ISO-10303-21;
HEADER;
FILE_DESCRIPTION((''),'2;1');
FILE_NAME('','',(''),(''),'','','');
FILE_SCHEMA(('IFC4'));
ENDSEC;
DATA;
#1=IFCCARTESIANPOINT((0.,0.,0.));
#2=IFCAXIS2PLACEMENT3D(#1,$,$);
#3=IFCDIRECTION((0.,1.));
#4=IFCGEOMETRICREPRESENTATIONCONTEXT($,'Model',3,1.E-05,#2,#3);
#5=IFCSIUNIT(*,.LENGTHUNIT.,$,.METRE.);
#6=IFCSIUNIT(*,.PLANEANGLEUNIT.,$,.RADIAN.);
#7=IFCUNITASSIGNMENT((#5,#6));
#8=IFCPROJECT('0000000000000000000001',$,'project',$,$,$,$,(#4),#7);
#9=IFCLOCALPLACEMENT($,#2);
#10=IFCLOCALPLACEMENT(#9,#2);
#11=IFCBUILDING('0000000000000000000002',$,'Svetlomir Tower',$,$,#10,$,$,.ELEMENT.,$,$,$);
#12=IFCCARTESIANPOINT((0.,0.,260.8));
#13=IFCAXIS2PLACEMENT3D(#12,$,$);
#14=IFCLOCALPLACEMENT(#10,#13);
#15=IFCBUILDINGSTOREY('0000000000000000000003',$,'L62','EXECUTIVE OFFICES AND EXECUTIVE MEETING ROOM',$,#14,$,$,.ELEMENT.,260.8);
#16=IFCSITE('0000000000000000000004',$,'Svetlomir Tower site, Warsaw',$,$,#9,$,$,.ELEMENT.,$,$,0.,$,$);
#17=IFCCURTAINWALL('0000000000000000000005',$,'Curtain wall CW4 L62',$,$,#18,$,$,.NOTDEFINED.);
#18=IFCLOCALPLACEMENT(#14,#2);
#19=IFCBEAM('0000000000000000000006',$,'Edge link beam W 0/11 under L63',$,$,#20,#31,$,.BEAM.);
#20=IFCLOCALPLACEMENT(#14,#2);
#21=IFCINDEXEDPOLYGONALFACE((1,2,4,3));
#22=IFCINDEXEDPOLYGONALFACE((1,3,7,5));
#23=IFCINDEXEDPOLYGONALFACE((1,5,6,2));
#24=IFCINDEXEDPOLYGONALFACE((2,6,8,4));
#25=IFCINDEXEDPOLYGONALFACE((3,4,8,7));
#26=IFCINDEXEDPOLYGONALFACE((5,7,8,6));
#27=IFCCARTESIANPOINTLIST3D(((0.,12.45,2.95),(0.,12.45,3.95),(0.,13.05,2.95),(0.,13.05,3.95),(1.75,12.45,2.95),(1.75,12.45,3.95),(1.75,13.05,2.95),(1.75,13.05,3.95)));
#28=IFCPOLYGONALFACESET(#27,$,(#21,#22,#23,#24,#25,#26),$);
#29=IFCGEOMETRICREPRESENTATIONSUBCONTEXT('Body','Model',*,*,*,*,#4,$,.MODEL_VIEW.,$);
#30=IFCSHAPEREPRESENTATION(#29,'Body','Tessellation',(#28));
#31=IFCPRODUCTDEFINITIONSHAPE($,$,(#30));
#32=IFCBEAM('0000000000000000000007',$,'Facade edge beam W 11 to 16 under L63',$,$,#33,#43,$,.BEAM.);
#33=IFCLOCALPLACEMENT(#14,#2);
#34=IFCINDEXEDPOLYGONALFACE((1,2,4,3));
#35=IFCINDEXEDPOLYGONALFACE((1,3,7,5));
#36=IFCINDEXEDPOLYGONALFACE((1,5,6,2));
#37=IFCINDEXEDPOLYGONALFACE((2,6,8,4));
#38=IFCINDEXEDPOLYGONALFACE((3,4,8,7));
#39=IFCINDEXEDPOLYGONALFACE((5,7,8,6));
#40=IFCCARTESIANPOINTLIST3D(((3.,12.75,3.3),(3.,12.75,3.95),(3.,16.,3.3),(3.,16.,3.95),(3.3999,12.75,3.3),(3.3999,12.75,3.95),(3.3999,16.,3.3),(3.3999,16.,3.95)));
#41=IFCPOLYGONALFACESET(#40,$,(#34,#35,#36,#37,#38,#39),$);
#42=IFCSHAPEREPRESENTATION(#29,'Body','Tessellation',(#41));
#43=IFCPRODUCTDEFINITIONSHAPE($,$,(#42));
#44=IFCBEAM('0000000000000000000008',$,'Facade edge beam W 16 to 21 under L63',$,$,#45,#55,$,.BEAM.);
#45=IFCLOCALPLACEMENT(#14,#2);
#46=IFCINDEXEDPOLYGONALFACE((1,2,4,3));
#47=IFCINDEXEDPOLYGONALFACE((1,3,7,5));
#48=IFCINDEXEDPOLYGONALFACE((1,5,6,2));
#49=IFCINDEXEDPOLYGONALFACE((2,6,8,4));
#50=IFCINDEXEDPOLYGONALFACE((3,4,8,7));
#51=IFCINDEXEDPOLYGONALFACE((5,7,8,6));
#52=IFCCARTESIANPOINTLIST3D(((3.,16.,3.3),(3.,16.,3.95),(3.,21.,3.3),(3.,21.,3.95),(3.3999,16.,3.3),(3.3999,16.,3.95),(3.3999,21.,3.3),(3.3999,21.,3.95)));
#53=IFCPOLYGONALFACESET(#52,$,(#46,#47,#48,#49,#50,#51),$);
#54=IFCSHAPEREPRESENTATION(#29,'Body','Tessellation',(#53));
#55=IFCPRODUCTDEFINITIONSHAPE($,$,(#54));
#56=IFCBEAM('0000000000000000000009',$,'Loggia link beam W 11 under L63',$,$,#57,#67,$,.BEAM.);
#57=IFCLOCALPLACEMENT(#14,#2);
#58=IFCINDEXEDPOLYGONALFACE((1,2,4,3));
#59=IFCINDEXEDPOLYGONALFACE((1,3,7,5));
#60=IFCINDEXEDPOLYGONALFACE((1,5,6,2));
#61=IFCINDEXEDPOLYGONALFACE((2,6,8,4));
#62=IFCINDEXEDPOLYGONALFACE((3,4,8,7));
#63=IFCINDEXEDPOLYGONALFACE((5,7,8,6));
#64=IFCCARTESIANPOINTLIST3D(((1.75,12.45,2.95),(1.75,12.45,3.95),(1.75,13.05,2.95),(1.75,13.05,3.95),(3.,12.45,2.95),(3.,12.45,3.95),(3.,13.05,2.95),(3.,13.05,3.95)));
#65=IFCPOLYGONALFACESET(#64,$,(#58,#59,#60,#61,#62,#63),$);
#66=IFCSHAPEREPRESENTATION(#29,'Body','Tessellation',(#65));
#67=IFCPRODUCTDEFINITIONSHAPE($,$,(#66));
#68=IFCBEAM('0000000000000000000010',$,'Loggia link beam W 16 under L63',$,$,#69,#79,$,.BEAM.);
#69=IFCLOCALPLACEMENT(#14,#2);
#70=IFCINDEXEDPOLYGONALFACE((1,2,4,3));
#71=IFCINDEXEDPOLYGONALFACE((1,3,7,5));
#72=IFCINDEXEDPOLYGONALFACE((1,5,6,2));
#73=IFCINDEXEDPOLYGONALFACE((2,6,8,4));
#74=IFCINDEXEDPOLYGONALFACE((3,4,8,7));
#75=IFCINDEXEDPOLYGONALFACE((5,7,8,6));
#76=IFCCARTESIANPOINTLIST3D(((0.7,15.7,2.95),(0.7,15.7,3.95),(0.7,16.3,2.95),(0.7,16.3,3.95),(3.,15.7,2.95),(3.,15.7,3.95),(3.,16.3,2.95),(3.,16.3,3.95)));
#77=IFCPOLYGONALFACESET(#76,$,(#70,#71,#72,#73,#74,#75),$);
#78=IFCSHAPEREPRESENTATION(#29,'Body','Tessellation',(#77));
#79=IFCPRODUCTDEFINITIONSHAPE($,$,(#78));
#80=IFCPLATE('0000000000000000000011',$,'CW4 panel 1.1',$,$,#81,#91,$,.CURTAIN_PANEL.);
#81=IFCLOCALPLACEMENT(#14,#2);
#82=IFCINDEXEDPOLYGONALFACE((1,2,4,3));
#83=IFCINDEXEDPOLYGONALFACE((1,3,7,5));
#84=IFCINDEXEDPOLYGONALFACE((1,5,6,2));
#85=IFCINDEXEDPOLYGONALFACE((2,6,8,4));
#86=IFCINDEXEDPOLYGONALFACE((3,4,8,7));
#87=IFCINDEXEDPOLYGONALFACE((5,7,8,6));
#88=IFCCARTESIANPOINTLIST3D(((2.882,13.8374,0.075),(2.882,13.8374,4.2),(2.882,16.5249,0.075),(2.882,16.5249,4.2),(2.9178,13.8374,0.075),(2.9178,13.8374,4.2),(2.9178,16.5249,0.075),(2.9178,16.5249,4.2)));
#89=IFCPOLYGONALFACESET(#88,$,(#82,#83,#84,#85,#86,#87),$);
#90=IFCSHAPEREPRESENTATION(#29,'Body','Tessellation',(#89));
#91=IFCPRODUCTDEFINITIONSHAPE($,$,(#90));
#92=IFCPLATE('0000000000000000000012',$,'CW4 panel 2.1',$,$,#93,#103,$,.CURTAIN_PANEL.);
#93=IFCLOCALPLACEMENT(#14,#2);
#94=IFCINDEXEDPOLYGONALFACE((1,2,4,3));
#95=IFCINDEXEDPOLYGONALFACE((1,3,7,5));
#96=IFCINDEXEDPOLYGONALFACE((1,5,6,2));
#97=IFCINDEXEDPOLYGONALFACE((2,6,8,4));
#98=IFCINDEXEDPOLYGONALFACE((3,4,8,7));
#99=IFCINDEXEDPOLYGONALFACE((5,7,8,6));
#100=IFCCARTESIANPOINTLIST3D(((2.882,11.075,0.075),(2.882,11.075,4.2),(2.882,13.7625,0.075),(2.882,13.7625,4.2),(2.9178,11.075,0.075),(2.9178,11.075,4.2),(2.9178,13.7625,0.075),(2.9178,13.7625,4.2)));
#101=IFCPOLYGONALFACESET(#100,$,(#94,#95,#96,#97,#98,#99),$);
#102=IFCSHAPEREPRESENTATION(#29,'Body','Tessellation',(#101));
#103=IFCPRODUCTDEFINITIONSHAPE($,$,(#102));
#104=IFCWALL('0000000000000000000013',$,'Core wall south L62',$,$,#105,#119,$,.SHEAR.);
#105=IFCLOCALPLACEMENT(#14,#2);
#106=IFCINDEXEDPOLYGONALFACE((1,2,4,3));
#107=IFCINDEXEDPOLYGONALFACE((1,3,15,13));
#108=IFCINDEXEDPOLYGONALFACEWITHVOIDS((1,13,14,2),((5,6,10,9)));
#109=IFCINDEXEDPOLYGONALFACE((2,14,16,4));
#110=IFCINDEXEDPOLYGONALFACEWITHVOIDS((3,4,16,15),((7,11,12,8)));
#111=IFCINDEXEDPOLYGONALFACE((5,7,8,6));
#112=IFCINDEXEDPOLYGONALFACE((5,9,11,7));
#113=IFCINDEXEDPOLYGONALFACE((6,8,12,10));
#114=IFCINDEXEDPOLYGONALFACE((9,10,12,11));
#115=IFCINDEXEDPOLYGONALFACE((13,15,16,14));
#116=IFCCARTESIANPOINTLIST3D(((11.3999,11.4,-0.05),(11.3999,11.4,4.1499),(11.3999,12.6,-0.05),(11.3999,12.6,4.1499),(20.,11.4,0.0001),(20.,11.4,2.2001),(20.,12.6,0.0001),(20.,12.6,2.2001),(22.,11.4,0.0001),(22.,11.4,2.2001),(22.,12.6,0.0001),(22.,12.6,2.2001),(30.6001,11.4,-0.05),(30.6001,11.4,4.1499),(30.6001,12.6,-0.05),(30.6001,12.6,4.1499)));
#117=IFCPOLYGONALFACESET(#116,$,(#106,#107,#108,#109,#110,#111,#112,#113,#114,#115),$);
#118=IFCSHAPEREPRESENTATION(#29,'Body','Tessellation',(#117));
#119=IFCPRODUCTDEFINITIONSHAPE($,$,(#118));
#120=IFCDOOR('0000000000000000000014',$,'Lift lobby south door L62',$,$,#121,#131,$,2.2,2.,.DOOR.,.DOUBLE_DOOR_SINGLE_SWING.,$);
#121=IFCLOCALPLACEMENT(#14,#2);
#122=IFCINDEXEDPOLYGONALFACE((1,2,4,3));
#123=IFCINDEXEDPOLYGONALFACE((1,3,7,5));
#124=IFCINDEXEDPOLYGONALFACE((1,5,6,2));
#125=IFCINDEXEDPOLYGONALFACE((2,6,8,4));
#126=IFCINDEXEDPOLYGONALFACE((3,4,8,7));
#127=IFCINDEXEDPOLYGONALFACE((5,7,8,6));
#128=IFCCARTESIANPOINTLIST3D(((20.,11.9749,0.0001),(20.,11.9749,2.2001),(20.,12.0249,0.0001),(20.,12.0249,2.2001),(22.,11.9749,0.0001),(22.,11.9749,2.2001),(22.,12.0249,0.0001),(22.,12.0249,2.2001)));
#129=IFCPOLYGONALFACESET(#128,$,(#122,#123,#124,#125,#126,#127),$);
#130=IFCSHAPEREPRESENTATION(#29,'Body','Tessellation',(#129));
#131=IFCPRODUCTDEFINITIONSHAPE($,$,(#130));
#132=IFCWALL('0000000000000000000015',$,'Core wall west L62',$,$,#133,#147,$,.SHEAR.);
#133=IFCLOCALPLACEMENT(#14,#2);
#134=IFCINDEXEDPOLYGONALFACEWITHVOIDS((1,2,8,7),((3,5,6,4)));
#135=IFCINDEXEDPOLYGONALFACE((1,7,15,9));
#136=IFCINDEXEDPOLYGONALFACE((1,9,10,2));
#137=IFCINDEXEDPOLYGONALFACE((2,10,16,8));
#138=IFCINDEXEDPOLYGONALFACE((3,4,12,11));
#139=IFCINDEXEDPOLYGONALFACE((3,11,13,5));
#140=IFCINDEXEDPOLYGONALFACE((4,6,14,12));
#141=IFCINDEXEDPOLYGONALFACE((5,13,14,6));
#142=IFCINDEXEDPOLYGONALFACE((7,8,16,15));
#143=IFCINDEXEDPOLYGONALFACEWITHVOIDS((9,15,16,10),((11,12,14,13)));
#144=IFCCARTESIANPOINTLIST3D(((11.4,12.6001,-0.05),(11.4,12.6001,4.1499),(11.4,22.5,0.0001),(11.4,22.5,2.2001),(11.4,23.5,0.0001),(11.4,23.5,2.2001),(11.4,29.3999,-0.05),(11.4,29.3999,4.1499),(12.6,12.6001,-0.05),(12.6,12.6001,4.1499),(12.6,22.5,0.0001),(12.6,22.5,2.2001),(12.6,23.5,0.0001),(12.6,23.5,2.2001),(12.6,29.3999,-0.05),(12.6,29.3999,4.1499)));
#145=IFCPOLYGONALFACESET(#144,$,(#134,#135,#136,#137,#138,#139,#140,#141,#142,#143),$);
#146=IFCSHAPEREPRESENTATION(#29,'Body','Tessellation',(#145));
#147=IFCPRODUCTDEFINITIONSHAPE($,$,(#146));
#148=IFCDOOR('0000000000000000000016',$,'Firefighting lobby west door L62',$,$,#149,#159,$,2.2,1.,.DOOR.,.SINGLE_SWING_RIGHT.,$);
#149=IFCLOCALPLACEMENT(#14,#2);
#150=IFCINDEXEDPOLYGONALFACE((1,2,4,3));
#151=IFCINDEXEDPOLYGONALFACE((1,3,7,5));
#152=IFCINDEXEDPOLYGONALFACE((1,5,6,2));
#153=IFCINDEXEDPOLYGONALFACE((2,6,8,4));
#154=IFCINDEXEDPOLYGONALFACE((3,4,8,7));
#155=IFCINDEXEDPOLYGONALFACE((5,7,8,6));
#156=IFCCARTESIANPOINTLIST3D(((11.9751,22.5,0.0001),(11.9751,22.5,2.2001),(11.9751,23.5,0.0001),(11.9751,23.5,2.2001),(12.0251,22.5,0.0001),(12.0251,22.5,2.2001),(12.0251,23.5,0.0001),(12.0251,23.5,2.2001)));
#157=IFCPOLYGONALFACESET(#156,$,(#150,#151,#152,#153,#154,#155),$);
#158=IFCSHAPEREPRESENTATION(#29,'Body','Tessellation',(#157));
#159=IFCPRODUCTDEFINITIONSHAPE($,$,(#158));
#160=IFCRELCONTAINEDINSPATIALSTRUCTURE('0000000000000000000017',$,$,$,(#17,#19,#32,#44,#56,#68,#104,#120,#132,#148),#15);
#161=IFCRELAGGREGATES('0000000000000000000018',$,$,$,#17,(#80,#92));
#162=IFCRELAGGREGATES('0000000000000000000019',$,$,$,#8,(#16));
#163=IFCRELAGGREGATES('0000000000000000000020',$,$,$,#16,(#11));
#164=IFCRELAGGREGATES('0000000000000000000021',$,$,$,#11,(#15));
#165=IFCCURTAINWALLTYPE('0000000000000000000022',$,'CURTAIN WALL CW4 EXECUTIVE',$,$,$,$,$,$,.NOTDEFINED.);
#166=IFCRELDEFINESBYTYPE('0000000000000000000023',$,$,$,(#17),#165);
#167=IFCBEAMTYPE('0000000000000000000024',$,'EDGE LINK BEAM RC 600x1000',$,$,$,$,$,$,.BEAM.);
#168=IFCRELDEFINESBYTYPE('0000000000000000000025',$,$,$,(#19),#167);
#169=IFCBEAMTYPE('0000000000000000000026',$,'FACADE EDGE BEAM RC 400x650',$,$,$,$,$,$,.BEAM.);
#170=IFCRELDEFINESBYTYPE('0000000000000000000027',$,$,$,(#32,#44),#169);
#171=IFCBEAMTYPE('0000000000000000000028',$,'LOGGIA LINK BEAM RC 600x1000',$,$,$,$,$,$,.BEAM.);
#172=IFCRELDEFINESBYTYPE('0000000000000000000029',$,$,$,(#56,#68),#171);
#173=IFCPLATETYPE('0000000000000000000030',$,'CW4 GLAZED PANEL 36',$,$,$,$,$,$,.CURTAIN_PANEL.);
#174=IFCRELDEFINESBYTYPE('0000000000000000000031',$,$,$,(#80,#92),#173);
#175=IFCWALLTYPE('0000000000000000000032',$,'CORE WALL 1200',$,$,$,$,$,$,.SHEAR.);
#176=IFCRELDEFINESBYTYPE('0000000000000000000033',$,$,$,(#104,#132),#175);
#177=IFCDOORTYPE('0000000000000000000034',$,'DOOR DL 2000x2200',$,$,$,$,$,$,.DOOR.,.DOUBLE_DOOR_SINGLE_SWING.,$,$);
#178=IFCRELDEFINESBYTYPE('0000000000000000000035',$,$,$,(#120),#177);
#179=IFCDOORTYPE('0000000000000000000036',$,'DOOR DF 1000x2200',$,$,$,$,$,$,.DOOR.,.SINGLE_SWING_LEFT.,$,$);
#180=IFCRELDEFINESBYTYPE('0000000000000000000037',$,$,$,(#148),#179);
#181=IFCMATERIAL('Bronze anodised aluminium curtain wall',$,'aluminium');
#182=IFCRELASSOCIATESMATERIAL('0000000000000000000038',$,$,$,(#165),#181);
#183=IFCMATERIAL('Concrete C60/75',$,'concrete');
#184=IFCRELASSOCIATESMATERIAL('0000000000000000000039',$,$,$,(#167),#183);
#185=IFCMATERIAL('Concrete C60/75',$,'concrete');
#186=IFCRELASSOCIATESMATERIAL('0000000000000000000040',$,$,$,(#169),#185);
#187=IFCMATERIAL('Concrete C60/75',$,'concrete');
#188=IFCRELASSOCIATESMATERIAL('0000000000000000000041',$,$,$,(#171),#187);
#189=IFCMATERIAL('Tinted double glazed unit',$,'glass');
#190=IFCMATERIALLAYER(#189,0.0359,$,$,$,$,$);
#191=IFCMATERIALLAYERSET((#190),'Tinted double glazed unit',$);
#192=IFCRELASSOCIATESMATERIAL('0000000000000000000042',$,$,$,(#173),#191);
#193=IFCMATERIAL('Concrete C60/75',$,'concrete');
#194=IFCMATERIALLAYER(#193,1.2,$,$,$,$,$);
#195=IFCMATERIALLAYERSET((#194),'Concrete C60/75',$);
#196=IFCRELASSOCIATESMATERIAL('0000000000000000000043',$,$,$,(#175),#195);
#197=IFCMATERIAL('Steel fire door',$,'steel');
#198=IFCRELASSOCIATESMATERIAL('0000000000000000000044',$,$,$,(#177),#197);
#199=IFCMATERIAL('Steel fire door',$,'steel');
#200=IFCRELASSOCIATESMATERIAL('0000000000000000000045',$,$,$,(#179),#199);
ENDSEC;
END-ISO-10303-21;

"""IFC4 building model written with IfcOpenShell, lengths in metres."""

from ifc_helpers import new_model, si_unit, direction, frame, frame_2d, origin, origin_2d, place, context, subcontext, project, spatial, rectangle, extrude, material, layer, layer_set, material_profile, profile_set, type_object, element, fill, aggregate, save


model = new_model("IFC4")

# Units and contexts
model_context = context("Model", 3, precision=1e-05, world=origin(), true_north=direction((0.0, 1.0)))
body_context = subcontext(model_context, "Body", "Model", "MODEL_VIEW")
ifc_project = project(units=[si_unit("LENGTHUNIT", "METRE"), si_unit("PLANEANGLEUNIT", "RADIAN")], contexts=[model_context])

# Site, building, storey
site_placement = place(None, origin())
site = spatial("IfcSite", under=ifc_project, at=site_placement, Name="Svetlomir Tower site, Warsaw", CompositionType="ELEMENT", RefElevation=0.0)
building_placement = place(site_placement, origin())
building = spatial("IfcBuilding", under=site, at=building_placement, Name="Svetlomir Tower", CompositionType="ELEMENT")
storey_placement = place(building_placement, frame((0.0, 0.0, 260.8)))
storey = spatial("IfcBuildingStorey", under=building, at=storey_placement, Name="L62", Description="EXECUTIVE OFFICES AND EXECUTIVE MEETING ROOM", CompositionType="ELEMENT", Elevation=260.8)

# Curtain wall
ifc_material_1 = material(Name="Bronze anodised aluminium curtain wall", Category="aluminium")
curtain_wall_type = type_object("IfcCurtainWallType", Name="CURTAIN WALL CW4 EXECUTIVE", PredefinedType="NOTDEFINED", material=ifc_material_1)
curtain_wall_1_placement = place(storey_placement, origin())
curtain_wall_1 = element("IfcCurtainWall", 1, at=curtain_wall_1_placement, inside=storey, type_object=curtain_wall_type, Name="Curtain wall CW4 L62", PredefinedType="NOTDEFINED")

# Beams
ifc_material_2 = material(Name="Concrete C60/75", Category="concrete")
ifc_material_profile_1 = material_profile(ifc_material_2, rectangle(XDim=0.6001, YDim=1.0, at=origin_2d()), Name="RC 600x1000")
ifc_profile_set_1 = profile_set([ifc_material_profile_1], Name="Concrete C60/75")
beam_type_1 = type_object("IfcBeamType", Name="EDGE LINK BEAM RC 600x1000", PredefinedType="BEAM", material=ifc_profile_set_1)
beam_1_placement = place(storey_placement, frame((1.75, 12.75, 3.45), z_axis=(-1.0, 0.0, 0.0), x_axis=(0.0, -1.0, 0.0)))
element("IfcBeam", 2, at=beam_1_placement, inside=storey, type_object=beam_type_1, Name="Edge link beam W 0/11 under L63", PredefinedType="BEAM", context=body_context, shape_type="SweptSolid", body=[
    extrude(rectangle(XDim=0.6001, YDim=1.0, at=origin_2d()), origin(), (0.0, 0.0, 1.0), 1.75),
])
ifc_material_3 = material(Name="Concrete C60/75", Category="concrete")
ifc_material_profile_2 = material_profile(ifc_material_3, rectangle(XDim=0.3999, YDim=0.6499, at=origin_2d()), Name="RC 400x650")
ifc_profile_set_2 = profile_set([ifc_material_profile_2], Name="Concrete C60/75")
beam_type_2 = type_object("IfcBeamType", Name="FACADE EDGE BEAM RC 400x650", PredefinedType="BEAM", material=ifc_profile_set_2)
beam_2_placement = place(storey_placement, frame((3.2, 12.75, 3.625), z_axis=(0.0, 1.0, 0.0), x_axis=(-1.0, 0.0, 0.0)))
element("IfcBeam", 3, at=beam_2_placement, inside=storey, type_object=beam_type_2, Name="Facade edge beam W 11 to 16 under L63", PredefinedType="BEAM", context=body_context, shape_type="SweptSolid", body=[
    extrude(rectangle(XDim=0.3999, YDim=0.6499, at=origin_2d()), origin(), (0.0, 0.0, 1.0), 3.25),
])
beam_3_placement = place(storey_placement, frame((3.2, 16.0, 3.625), z_axis=(0.0, 1.0, 0.0), x_axis=(-1.0, 0.0, 0.0)))
element("IfcBeam", 4, at=beam_3_placement, inside=storey, type_object=beam_type_2, Name="Facade edge beam W 16 to 21 under L63", PredefinedType="BEAM", context=body_context, shape_type="SweptSolid", body=[
    extrude(rectangle(XDim=0.3999, YDim=0.6499, at=origin_2d()), origin(), (0.0, 0.0, 1.0), 5.0),
])
ifc_material_4 = material(Name="Concrete C60/75", Category="concrete")
ifc_material_profile_3 = material_profile(ifc_material_4, rectangle(XDim=0.6001, YDim=1.0, at=origin_2d()), Name="RC 600x1000")
ifc_profile_set_3 = profile_set([ifc_material_profile_3], Name="Concrete C60/75")
beam_type_3 = type_object("IfcBeamType", Name="LOGGIA LINK BEAM RC 600x1000", PredefinedType="BEAM", material=ifc_profile_set_3)
beam_4_placement = place(storey_placement, frame((1.75, 12.75, 3.45), z_axis=(1.0, 0.0, 0.0), x_axis=(0.0, 1.0, 0.0)))
element("IfcBeam", 5, at=beam_4_placement, inside=storey, type_object=beam_type_3, Name="Loggia link beam W 11 under L63", PredefinedType="BEAM", context=body_context, shape_type="SweptSolid", body=[
    extrude(rectangle(XDim=0.6001, YDim=1.0, at=origin_2d()), origin(), (0.0, 0.0, 1.0), 1.25),
])
beam_5_placement = place(storey_placement, frame((0.7, 16.0, 3.45), z_axis=(1.0, 0.0, 0.0), x_axis=(0.0, 1.0, 0.0)))
element("IfcBeam", 6, at=beam_5_placement, inside=storey, type_object=beam_type_3, Name="Loggia link beam W 16 under L63", PredefinedType="BEAM", context=body_context, shape_type="SweptSolid", body=[
    extrude(rectangle(XDim=0.6001, YDim=1.0, at=origin_2d()), origin(), (0.0, 0.0, 1.0), 2.3),
])

# Plates
ifc_material_5 = material(Name="Tinted double glazed unit", Category="glass")
ifc_layer_1 = layer(ifc_material_5, 0.0359)
ifc_layer_set_1 = layer_set([ifc_layer_1], Name="Tinted double glazed unit")
plate_type = type_object("IfcPlateType", Name="CW4 GLAZED PANEL 36", PredefinedType="CURTAIN_PANEL", material=ifc_layer_set_1)
plate_1_placement = place(storey_placement, frame((2.8999, 15.1812, 0.075), z_axis=(0.0, 0.0, 1.0), x_axis=(0.0, -1.0, 0.0)))
plate_1 = element("IfcPlate", 7, at=plate_1_placement, type_object=plate_type, Name="CW4 panel 1.1", PredefinedType="CURTAIN_PANEL", context=body_context, shape_type="SweptSolid", body=[
    extrude(rectangle(XDim=2.6875, YDim=0.0359, at=origin_2d()), origin(), (0.0, 0.0, 1.0), 4.125),
])
plate_2_placement = place(storey_placement, frame((2.8999, 12.4187, 0.075), z_axis=(0.0, 0.0, 1.0), x_axis=(0.0, -1.0, 0.0)))
plate_2 = element("IfcPlate", 8, at=plate_2_placement, type_object=plate_type, Name="CW4 panel 2.1", PredefinedType="CURTAIN_PANEL", context=body_context, shape_type="SweptSolid", body=[
    extrude(rectangle(XDim=2.6875, YDim=0.0359, at=origin_2d()), origin(), (0.0, 0.0, 1.0), 4.125),
])
aggregate(curtain_wall_1, [plate_1, plate_2])

# Walls, openings, doors
ifc_material_6 = material(Name="Concrete C60/75", Category="concrete")
ifc_layer_2 = layer(ifc_material_6, 1.2)
ifc_layer_set_2 = layer_set([ifc_layer_2], Name="Concrete C60/75")
wall_type_1 = type_object("IfcWallType", Name="CORE WALL 1200", PredefinedType="SHEAR", material=ifc_layer_set_2)
wall_1_placement = place(storey_placement, frame((11.3999, 12.0, -0.05), z_axis=(0.0, 0.0, 1.0), x_axis=(1.0, 0.0, 0.0)))
wall_1 = element("IfcWall", 9, at=wall_1_placement, inside=storey, type_object=wall_type_1, Name="Core wall south L62", PredefinedType="SHEAR", context=body_context, shape_type="SweptSolid", body=[
    extrude(rectangle(XDim=19.2002, YDim=1.2, at=frame_2d((9.6001, 0.0))), origin(), (0.0, 0.0, 1.0), 4.2),
])
opening_1_placement = place(wall_1_placement, frame((8.6001, 0.0, 0.05)))
opening_1 = element("IfcOpeningElement", 10, at=opening_1_placement, cuts=wall_1, PredefinedType="OPENING", context=body_context, shape_type="SweptSolid", body=[
    extrude(rectangle(XDim=2.0, YDim=2.2, at=frame_2d((1.0, 1.1001))), frame((0.0, 0.6099, 0.0), z_axis=(0.0, -1.0, 0.0), x_axis=(1.0, 0.0, 0.0)), (0.0, 0.0, 1.0), 1.22),
])
ifc_material_7 = material(Name="Steel fire door", Category="steel")
door_type_1 = type_object("IfcDoorType", Name="DOOR DL 2000x2200", OperationType="DOUBLE_DOOR_SINGLE_SWING", PredefinedType="DOOR", material=ifc_material_7)
door_1_placement = place(opening_1_placement, origin())
door_1 = element("IfcDoor", 11, at=door_1_placement, inside=storey, type_object=door_type_1, Name="Lift lobby south door L62", OperationType="DOUBLE_DOOR_SINGLE_SWING", OverallHeight=2.2, OverallWidth=2.0, PredefinedType="DOOR", context=body_context, shape_type="SweptSolid", body=[
    extrude(rectangle(XDim=2.0, YDim=2.2, at=frame_2d((1.0, 1.1001))), frame((0.0, 0.0249, 0.0), z_axis=(0.0, -1.0, 0.0), x_axis=(1.0, 0.0, 0.0)), (0.0, 0.0, 1.0), 0.05),
])
fill(opening_1, door_1)
wall_2_placement = place(storey_placement, frame((12.0, 12.6001, -0.05), z_axis=(0.0, 0.0, 1.0), x_axis=(0.0, 1.0, 0.0)))
wall_2 = element("IfcWall", 12, at=wall_2_placement, inside=storey, type_object=wall_type_1, Name="Core wall west L62", PredefinedType="SHEAR", context=body_context, shape_type="SweptSolid", body=[
    extrude(rectangle(XDim=16.7998, YDim=1.2, at=frame_2d((8.3999, 0.0))), origin(), (0.0, 0.0, 1.0), 4.2),
])
opening_2_placement = place(wall_2_placement, frame((9.8999, 0.0, 0.05)))
opening_2 = element("IfcOpeningElement", 13, at=opening_2_placement, cuts=wall_2, PredefinedType="OPENING", context=body_context, shape_type="SweptSolid", body=[
    extrude(rectangle(XDim=1.0, YDim=2.2, at=frame_2d((0.5, 1.1001))), frame((0.0, 0.6099, 0.0), z_axis=(0.0, -1.0, 0.0), x_axis=(1.0, 0.0, 0.0)), (0.0, 0.0, 1.0), 1.22),
])
ifc_material_8 = material(Name="Steel fire door", Category="steel")
door_type_2 = type_object("IfcDoorType", Name="DOOR DF 1000x2200", OperationType="SINGLE_SWING_LEFT", PredefinedType="DOOR", material=ifc_material_8)
door_2_placement = place(opening_2_placement, origin())
door_2 = element("IfcDoor", 14, at=door_2_placement, inside=storey, type_object=door_type_2, Name="Firefighting lobby west door L62", OperationType="SINGLE_SWING_RIGHT", OverallHeight=2.2, OverallWidth=1.0, PredefinedType="DOOR", context=body_context, shape_type="SweptSolid", body=[
    extrude(rectangle(XDim=1.0, YDim=2.2, at=frame_2d((0.5, 1.1001))), frame((0.0, 0.0249, 0.0), z_axis=(0.0, -1.0, 0.0), x_axis=(1.0, 0.0, 0.0)), (0.0, 0.0, 1.0), 0.05),
])
fill(opening_2, door_2)

save(model, "model.ifc")
